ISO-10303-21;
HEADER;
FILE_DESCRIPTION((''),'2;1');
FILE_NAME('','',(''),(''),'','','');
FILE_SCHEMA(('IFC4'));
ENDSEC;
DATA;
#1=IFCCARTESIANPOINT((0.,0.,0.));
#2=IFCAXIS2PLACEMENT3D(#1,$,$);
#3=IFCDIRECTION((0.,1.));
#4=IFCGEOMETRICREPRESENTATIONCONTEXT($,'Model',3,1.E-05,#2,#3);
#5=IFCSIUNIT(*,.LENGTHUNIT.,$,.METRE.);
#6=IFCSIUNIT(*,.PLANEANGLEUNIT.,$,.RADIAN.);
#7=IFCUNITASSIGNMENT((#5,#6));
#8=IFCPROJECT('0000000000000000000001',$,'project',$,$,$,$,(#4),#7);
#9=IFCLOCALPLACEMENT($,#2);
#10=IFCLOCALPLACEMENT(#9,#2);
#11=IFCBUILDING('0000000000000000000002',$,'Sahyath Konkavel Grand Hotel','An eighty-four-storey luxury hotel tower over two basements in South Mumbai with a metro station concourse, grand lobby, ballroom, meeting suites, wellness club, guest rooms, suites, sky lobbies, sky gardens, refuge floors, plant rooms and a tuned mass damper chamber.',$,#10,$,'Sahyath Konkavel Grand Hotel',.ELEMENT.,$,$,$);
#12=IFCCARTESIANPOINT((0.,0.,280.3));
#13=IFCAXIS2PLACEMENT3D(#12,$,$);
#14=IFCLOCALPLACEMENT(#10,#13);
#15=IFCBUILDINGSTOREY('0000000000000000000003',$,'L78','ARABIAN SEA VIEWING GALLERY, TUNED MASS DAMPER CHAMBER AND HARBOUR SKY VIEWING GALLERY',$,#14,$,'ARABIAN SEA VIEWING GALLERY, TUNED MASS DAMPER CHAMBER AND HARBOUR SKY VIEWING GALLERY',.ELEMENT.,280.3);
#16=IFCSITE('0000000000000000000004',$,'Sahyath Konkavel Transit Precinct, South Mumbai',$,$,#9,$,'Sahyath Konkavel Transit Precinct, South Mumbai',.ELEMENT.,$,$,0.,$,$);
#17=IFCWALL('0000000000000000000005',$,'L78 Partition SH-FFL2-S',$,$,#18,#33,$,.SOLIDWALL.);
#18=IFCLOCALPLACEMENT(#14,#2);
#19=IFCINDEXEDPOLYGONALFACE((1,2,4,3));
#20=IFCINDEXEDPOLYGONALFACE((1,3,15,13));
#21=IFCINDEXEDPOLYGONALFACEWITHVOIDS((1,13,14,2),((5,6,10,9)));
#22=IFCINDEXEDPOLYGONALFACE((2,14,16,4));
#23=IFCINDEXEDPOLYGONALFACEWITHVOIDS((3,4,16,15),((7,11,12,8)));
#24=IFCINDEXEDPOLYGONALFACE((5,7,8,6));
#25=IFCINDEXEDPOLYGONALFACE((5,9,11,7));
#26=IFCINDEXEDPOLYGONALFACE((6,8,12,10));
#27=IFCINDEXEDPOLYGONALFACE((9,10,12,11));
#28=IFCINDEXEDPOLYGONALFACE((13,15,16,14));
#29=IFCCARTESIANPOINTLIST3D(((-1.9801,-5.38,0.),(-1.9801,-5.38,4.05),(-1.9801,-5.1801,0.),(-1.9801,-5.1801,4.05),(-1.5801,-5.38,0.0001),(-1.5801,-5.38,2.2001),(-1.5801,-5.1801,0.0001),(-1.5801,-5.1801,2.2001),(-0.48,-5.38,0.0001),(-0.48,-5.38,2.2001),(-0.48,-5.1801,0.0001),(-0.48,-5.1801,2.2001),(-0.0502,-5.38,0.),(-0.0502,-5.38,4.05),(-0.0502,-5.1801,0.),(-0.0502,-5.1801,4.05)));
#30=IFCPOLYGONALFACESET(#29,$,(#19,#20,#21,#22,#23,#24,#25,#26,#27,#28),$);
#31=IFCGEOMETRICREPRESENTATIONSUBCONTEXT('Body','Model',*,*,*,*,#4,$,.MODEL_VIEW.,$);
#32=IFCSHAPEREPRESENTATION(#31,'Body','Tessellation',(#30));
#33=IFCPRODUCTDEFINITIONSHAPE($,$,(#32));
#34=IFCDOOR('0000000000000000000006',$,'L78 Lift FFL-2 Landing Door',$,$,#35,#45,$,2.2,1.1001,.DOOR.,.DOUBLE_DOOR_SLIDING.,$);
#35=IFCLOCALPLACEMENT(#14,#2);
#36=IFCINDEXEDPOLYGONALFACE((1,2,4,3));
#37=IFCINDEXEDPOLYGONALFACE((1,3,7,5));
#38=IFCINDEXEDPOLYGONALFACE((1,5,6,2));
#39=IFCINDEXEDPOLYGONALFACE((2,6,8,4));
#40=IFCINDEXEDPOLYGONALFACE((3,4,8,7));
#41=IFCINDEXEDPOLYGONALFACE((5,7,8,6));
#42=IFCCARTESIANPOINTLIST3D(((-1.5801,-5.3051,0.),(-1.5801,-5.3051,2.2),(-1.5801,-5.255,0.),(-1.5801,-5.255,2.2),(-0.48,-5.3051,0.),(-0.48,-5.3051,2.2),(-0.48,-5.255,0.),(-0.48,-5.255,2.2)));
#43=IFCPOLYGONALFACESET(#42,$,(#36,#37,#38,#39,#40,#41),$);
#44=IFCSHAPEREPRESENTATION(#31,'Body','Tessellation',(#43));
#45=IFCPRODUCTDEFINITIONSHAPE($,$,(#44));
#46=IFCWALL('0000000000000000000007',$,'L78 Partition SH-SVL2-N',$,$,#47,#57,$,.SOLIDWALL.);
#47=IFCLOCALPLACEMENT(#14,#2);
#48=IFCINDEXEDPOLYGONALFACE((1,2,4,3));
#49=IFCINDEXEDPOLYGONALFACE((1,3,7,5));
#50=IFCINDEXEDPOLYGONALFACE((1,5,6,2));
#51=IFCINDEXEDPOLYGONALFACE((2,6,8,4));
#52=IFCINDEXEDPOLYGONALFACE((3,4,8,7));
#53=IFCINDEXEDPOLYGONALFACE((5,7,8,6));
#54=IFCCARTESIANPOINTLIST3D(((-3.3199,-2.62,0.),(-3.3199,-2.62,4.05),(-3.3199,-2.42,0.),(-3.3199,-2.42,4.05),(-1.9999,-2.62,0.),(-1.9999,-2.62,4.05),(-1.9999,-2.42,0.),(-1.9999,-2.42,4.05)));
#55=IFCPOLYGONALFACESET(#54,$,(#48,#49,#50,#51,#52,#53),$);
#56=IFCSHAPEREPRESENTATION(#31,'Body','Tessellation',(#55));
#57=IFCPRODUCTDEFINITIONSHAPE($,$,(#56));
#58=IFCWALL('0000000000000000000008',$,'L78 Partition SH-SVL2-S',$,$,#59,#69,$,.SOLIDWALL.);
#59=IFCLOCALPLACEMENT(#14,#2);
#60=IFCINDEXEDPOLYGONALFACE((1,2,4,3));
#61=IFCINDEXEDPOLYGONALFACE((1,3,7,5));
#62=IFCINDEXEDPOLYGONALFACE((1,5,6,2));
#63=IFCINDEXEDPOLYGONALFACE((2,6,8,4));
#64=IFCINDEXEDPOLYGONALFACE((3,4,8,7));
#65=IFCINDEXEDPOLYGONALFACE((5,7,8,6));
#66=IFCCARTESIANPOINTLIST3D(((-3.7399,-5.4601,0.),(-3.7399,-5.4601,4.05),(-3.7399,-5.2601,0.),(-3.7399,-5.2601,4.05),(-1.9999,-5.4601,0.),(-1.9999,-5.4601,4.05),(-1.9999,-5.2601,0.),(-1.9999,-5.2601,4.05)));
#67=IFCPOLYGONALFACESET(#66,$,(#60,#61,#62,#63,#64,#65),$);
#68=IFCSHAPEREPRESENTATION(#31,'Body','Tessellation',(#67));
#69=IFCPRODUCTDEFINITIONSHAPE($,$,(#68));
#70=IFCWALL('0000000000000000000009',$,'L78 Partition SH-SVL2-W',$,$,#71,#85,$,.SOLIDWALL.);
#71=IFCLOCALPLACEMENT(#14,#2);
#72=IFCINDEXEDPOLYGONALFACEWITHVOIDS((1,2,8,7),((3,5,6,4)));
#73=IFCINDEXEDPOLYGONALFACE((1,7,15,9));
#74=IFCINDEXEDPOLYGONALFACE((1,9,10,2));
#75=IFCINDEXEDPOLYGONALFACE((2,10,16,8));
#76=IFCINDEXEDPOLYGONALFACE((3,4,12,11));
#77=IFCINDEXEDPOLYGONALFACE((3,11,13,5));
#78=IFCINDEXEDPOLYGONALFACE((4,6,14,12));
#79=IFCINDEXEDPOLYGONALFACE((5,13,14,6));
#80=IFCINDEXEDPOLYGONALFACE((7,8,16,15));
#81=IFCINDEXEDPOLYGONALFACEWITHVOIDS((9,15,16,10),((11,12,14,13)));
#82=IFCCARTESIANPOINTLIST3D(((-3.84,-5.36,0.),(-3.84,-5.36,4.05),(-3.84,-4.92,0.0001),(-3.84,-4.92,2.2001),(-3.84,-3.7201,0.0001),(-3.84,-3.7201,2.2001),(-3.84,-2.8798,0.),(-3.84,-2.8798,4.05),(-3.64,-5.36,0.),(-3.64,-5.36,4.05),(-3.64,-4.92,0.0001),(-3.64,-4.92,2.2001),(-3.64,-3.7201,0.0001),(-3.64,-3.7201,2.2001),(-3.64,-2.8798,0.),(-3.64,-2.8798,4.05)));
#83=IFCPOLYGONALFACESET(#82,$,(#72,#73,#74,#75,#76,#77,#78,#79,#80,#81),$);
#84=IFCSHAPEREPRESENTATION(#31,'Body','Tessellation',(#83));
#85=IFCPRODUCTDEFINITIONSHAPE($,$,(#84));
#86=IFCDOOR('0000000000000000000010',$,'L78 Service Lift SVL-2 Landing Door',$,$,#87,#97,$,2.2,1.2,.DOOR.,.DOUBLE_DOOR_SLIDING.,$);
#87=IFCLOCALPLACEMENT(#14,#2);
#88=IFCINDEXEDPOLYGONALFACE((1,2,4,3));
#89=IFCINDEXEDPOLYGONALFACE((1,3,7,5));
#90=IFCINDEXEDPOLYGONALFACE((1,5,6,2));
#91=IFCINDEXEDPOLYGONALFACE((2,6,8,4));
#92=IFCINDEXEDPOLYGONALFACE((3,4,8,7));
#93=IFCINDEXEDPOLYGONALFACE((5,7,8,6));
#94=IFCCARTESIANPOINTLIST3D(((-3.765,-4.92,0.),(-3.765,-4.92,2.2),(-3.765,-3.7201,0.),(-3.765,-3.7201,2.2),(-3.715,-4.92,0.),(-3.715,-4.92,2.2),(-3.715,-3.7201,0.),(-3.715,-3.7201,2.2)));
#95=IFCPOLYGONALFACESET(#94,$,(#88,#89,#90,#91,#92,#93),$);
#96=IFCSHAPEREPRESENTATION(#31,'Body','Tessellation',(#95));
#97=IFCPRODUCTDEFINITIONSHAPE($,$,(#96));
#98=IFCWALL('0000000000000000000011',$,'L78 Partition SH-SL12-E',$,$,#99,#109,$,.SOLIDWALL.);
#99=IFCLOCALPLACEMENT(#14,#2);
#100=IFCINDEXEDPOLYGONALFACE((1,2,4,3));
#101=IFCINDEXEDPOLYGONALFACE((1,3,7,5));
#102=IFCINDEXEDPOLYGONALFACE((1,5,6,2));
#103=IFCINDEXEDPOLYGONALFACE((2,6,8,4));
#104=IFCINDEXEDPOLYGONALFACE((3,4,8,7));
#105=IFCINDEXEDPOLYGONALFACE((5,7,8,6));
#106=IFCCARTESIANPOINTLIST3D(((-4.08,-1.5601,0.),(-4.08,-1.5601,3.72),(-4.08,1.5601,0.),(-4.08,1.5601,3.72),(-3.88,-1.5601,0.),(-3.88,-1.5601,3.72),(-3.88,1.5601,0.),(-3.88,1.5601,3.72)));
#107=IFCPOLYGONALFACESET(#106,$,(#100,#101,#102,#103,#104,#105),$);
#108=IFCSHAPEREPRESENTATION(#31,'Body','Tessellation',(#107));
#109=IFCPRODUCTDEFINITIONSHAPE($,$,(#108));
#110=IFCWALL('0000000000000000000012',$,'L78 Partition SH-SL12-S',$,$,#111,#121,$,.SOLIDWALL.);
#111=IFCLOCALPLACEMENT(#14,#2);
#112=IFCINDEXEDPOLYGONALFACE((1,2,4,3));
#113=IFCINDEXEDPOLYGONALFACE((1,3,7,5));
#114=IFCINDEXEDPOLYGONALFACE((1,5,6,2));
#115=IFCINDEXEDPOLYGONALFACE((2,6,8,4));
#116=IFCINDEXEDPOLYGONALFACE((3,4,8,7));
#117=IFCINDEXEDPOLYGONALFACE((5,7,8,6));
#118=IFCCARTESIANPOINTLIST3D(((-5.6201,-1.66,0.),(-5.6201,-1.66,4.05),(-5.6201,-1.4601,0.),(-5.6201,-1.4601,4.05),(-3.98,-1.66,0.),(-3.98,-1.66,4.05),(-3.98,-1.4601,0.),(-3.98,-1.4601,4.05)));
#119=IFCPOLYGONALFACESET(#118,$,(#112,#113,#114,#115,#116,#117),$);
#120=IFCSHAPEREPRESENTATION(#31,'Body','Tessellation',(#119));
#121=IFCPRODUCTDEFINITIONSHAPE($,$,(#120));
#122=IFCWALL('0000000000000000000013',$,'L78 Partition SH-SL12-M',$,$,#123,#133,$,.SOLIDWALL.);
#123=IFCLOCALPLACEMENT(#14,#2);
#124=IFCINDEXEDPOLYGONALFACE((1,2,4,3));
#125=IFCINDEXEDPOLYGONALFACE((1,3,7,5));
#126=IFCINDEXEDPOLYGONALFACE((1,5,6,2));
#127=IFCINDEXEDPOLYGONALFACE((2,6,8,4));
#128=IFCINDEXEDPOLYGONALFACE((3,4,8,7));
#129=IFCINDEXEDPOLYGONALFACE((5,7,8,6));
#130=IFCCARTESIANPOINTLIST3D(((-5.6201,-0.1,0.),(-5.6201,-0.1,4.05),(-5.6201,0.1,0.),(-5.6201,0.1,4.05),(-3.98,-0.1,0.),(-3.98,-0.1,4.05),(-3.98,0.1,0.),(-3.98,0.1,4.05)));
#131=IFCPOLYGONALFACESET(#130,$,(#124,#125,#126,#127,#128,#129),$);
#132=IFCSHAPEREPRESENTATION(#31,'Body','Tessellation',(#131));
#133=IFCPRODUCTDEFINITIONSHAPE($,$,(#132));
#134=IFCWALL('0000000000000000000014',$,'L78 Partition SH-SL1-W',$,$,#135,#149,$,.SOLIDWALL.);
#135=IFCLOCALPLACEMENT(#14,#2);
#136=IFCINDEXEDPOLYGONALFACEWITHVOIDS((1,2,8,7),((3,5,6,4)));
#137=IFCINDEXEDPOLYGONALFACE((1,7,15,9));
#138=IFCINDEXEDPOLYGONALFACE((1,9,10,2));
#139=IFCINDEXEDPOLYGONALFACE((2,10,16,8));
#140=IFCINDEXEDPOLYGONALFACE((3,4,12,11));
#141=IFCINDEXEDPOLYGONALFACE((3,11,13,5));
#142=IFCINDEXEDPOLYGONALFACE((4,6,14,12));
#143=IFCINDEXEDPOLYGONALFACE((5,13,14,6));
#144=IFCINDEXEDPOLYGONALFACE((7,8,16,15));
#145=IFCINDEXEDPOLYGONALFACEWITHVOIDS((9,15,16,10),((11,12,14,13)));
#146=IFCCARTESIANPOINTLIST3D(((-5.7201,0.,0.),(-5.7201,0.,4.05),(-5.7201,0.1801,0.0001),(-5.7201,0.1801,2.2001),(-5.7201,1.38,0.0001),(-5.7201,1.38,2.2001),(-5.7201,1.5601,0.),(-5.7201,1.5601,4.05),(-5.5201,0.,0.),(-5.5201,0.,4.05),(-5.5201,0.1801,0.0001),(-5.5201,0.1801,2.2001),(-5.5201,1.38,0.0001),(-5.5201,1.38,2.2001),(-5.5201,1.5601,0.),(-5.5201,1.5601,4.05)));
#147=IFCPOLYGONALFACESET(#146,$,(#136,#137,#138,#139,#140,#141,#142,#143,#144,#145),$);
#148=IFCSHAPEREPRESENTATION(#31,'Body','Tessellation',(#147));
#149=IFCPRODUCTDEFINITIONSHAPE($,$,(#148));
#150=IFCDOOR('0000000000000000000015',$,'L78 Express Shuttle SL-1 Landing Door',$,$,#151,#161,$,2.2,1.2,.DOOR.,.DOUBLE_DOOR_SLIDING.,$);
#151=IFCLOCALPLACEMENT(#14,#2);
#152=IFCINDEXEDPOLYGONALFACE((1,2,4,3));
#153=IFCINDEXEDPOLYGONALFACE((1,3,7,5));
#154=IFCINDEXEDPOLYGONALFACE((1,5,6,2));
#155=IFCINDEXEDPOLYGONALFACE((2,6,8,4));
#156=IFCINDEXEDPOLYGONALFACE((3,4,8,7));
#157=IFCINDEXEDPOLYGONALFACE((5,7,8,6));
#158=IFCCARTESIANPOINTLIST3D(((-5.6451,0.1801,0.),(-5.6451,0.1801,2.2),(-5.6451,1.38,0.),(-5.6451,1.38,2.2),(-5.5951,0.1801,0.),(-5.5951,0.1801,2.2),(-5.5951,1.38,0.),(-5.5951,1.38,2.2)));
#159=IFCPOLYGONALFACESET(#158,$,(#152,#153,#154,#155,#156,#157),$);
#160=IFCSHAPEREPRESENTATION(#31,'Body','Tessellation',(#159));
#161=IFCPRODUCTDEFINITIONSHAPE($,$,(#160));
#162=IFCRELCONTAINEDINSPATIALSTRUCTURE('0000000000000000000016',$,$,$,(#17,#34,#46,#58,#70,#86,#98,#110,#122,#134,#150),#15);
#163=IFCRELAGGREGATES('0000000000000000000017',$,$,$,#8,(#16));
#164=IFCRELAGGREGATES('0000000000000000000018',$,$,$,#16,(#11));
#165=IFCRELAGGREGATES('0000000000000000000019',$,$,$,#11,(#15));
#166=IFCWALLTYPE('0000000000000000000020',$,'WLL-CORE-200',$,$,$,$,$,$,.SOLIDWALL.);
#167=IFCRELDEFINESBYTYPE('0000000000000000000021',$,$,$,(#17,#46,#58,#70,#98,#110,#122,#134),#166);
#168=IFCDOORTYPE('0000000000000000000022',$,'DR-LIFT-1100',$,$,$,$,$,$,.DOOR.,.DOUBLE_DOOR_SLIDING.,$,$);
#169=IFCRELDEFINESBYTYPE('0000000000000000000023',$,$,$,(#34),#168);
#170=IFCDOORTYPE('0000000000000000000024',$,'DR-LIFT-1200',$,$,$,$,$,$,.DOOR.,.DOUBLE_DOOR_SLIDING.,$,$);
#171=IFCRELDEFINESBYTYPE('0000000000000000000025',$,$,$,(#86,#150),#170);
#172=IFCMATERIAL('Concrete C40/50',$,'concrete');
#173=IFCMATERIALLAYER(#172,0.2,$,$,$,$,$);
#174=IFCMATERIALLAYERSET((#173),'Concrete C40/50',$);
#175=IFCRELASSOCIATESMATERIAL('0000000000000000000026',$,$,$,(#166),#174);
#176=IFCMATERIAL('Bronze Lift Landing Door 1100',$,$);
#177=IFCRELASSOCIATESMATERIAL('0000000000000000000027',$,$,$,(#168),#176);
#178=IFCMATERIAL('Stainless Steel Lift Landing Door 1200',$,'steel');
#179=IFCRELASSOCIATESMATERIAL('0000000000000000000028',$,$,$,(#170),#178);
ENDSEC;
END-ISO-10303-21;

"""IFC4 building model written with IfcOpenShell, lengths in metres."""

from ifc_helpers import new_model, si_unit, direction, frame, frame_2d, origin, origin_2d, place, context, subcontext, project, spatial, rectangle, extrude, source, transform, mapped, material, layer, layer_set, type_object, element, fill, save


model = new_model("IFC4")

# Units and contexts
model_context = context("Model", 3, precision=1e-05, world=origin(), true_north=direction((0.0, 1.0)))
body_context = subcontext(model_context, "Body", "Model", "MODEL_VIEW")
ifc_project = project(units=[si_unit("LENGTHUNIT", "METRE"), si_unit("PLANEANGLEUNIT", "RADIAN")], contexts=[model_context])

# Site, building, storey
site_placement = place(None, origin())
site = spatial("IfcSite", under=ifc_project, at=site_placement, Name="Sahyath Konkavel Transit Precinct, South Mumbai", LongName="Sahyath Konkavel Transit Precinct, South Mumbai", CompositionType="ELEMENT", RefElevation=0.0)
building_placement = place(site_placement, origin())
building = spatial("IfcBuilding", under=site, at=building_placement, Name="Sahyath Konkavel Grand Hotel", Description="An eighty-four-storey luxury hotel tower over two basements in South Mumbai with a metro station concourse, grand lobby, ballroom, meeting suites, wellness club, guest rooms, suites, sky lobbies, sky gardens, refuge floors, plant rooms and a tuned mass damper chamber.", LongName="Sahyath Konkavel Grand Hotel", CompositionType="ELEMENT")
storey_placement = place(building_placement, frame((0.0, 0.0, 280.3)))
storey = spatial("IfcBuildingStorey", under=building, at=storey_placement, Name="L78", Description="ARABIAN SEA VIEWING GALLERY, TUNED MASS DAMPER CHAMBER AND HARBOUR SKY VIEWING GALLERY", LongName="ARABIAN SEA VIEWING GALLERY, TUNED MASS DAMPER CHAMBER AND HARBOUR SKY VIEWING GALLERY", CompositionType="ELEMENT", Elevation=280.3)

# Shared definitions
ifc_material_1 = material(Name="Concrete C40/50", Category="concrete")

# Shared definitions
ifc_layer_1 = layer(ifc_material_1, 0.2)
ifc_layer_set_1 = layer_set([ifc_layer_1], Name="Concrete C40/50")
wall_type = type_object("IfcWallType", Name="WLL-CORE-200", PredefinedType="SOLIDWALL", material=ifc_layer_set_1)

# Wall, opening, door
wall_1_placement = place(storey_placement, frame((-1.98, -5.28, 0.0), z_axis=(0.0, 0.0, 1.0), x_axis=(1.0, 0.0, 0.0)))
wall_1 = element("IfcWall", 1, at=wall_1_placement, inside=storey, type_object=wall_type, Name="L78 Partition SH-FFL2-S", PredefinedType="SOLIDWALL", context=body_context, shape_type="SweptSolid", body=[
    extrude(rectangle(XDim=1.9299, YDim=0.2, at=frame_2d((0.9648, 0.0))), origin(), (0.0, 0.0, 1.0), 4.05),
])
opening_1_placement = place(wall_1_placement, frame((0.3999, 0.0, 0.0)))
opening_1 = element("IfcOpeningElement", 2, at=opening_1_placement, cuts=wall_1, PredefinedType="OPENING", context=body_context, shape_type="SweptSolid", body=[
    extrude(rectangle(XDim=1.1001, YDim=2.2, at=frame_2d((0.55, 1.1001))), frame((0.0, 0.1099, 0.0), z_axis=(0.0, -1.0, 0.0), x_axis=(1.0, 0.0, 0.0)), (0.0, 0.0, 1.0), 0.22),
])
ifc_material_2 = material(Name="Bronze Lift Landing Door 1100")
door_type_1 = type_object("IfcDoorType", Name="DR-LIFT-1100", OperationType="DOUBLE_DOOR_SLIDING", PredefinedType="DOOR", material=ifc_material_2)
shared_shape_1 = source(origin(), body_context, "Body", "SweptSolid", [
    extrude(rectangle(XDim=1.1001, YDim=0.05, at=origin_2d()), origin(), (0.0, 0.0, 1.0), 2.2),
])
door_1_placement = place(opening_1_placement, frame((0.55, 0.0, 0.0)))
door_1 = element("IfcDoor", 3, at=door_1_placement, inside=storey, type_object=door_type_1, Name="L78 Lift FFL-2 Landing Door", OperationType="DOUBLE_DOOR_SLIDING", OverallHeight=2.2, OverallWidth=1.1001, PredefinedType="DOOR", context=body_context, shape_type="MappedRepresentation", body=[
    mapped(shared_shape_1, transform((0.0, 0.0, 0.0), scale=1.0)),
])
fill(opening_1, door_1)

# Walls
wall_2_placement = place(storey_placement, frame((-3.3201, -2.52, 0.0), z_axis=(0.0, 0.0, 1.0), x_axis=(1.0, 0.0, 0.0)))
element("IfcWall", 4, at=wall_2_placement, inside=storey, type_object=wall_type, Name="L78 Partition SH-SVL2-N", PredefinedType="SOLIDWALL", context=body_context, shape_type="SweptSolid", body=[
    extrude(rectangle(XDim=1.3201, YDim=0.2, at=frame_2d((0.6602, 0.0))), origin(), (0.0, 0.0, 1.0), 4.05),
])
wall_3_placement = place(storey_placement, frame((-3.74, -5.3601, 0.0), z_axis=(0.0, 0.0, 1.0), x_axis=(1.0, 0.0, 0.0)))
element("IfcWall", 5, at=wall_3_placement, inside=storey, type_object=wall_type, Name="L78 Partition SH-SVL2-S", PredefinedType="SOLIDWALL", context=body_context, shape_type="SweptSolid", body=[
    extrude(rectangle(XDim=1.74, YDim=0.2, at=frame_2d((0.8701, 0.0))), origin(), (0.0, 0.0, 1.0), 4.05),
])

# Wall, opening, door
wall_4_placement = place(storey_placement, frame((-3.74, -5.3601, 0.0), z_axis=(0.0, 0.0, 1.0), x_axis=(0.0, 1.0, 0.0)))
wall_4 = element("IfcWall", 6, at=wall_4_placement, inside=storey, type_object=wall_type, Name="L78 Partition SH-SVL2-W", PredefinedType="SOLIDWALL", context=body_context, shape_type="SweptSolid", body=[
    extrude(rectangle(XDim=2.4802, YDim=0.2, at=frame_2d((1.2402, 0.0))), origin(), (0.0, 0.0, 1.0), 4.05),
])
opening_2_placement = place(wall_4_placement, frame((0.4399, 0.0, 0.0)))
opening_2 = element("IfcOpeningElement", 7, at=opening_2_placement, cuts=wall_4, PredefinedType="OPENING", context=body_context, shape_type="SweptSolid", body=[
    extrude(rectangle(XDim=1.2, YDim=2.2, at=frame_2d((0.6001, 1.1001))), frame((0.0, 0.1099, 0.0), z_axis=(0.0, -1.0, 0.0), x_axis=(1.0, 0.0, 0.0)), (0.0, 0.0, 1.0), 0.22),
])
ifc_material_3 = material(Name="Stainless Steel Lift Landing Door 1200", Category="steel")
door_type_2 = type_object("IfcDoorType", Name="DR-LIFT-1200", OperationType="DOUBLE_DOOR_SLIDING", PredefinedType="DOOR", material=ifc_material_3)
shared_shape_2 = source(origin(), body_context, "Body", "SweptSolid", [
    extrude(rectangle(XDim=1.2, YDim=0.05, at=origin_2d()), origin(), (0.0, 0.0, 1.0), 2.2),
])
door_2_placement = place(opening_2_placement, frame((0.6001, 0.0, 0.0)))
door_2 = element("IfcDoor", 8, at=door_2_placement, inside=storey, type_object=door_type_2, Name="L78 Service Lift SVL-2 Landing Door", OperationType="DOUBLE_DOOR_SLIDING", OverallHeight=2.2, OverallWidth=1.2, PredefinedType="DOOR", context=body_context, shape_type="MappedRepresentation", body=[
    mapped(shared_shape_2, transform((0.0, 0.0, 0.0), scale=1.0)),
])
fill(opening_2, door_2)

# Walls
wall_5_placement = place(storey_placement, frame((-3.98, -1.5601, 0.0), z_axis=(0.0, 0.0, 1.0), x_axis=(0.0, 1.0, 0.0)))
element("IfcWall", 9, at=wall_5_placement, inside=storey, type_object=wall_type, Name="L78 Partition SH-SL12-E", PredefinedType="SOLIDWALL", context=body_context, shape_type="SweptSolid", body=[
    extrude(rectangle(XDim=3.1201, YDim=0.2, at=frame_2d((1.5601, 0.0))), origin(), (0.0, 0.0, 1.0), 3.72),
])
for number, where, z_axis, x_axis, name in (
    (10, (-5.6201, -1.5601, 0.0), (0.0, 0.0, 1.0), (1.0, 0.0, 0.0), "L78 Partition SH-SL12-S"),
    (11, (-5.6201, 0.0, 0.0), (0.0, 0.0, 1.0), (1.0, 0.0, 0.0), "L78 Partition SH-SL12-M"),
):
    element("IfcWall", number, at=place(storey_placement, frame(where, z_axis=z_axis, x_axis=x_axis)), inside=storey, type_object=wall_type, Name=name, PredefinedType="SOLIDWALL", context=body_context, shape_type="SweptSolid", body=[
        extrude(rectangle(XDim=1.6401, YDim=0.2, at=frame_2d((0.8201, 0.0))), origin(), (0.0, 0.0, 1.0), 4.05),
    ])

# Wall, opening, door
wall_6_placement = place(storey_placement, frame((-5.6201, 0.0, 0.0), z_axis=(0.0, 0.0, 1.0), x_axis=(0.0, 1.0, 0.0)))
wall_6 = element("IfcWall", 12, at=wall_6_placement, inside=storey, type_object=wall_type, Name="L78 Partition SH-SL1-W", PredefinedType="SOLIDWALL", context=body_context, shape_type="SweptSolid", body=[
    extrude(rectangle(XDim=1.5601, YDim=0.2, at=frame_2d((0.78, 0.0))), origin(), (0.0, 0.0, 1.0), 4.05),
])
opening_3_placement = place(wall_6_placement, frame((0.1799, 0.0, 0.0)))
opening_3 = element("IfcOpeningElement", 13, at=opening_3_placement, cuts=wall_6, PredefinedType="OPENING", context=body_context, shape_type="SweptSolid", body=[
    extrude(rectangle(XDim=1.2, YDim=2.2, at=frame_2d((0.6001, 1.1001))), frame((0.0, 0.1099, 0.0), z_axis=(0.0, -1.0, 0.0), x_axis=(1.0, 0.0, 0.0)), (0.0, 0.0, 1.0), 0.22),
])
door_3_placement = place(opening_3_placement, frame((0.6001, 0.0, 0.0)))
door_3 = element("IfcDoor", 14, at=door_3_placement, inside=storey, type_object=door_type_2, Name="L78 Express Shuttle SL-1 Landing Door", OperationType="DOUBLE_DOOR_SLIDING", OverallHeight=2.2, OverallWidth=1.2, PredefinedType="DOOR", context=body_context, shape_type="MappedRepresentation", body=[
    mapped(shared_shape_2, transform((0.0, 0.0, 0.0), scale=1.0)),
])
fill(opening_3, door_3)

save(model, "model.ifc")
